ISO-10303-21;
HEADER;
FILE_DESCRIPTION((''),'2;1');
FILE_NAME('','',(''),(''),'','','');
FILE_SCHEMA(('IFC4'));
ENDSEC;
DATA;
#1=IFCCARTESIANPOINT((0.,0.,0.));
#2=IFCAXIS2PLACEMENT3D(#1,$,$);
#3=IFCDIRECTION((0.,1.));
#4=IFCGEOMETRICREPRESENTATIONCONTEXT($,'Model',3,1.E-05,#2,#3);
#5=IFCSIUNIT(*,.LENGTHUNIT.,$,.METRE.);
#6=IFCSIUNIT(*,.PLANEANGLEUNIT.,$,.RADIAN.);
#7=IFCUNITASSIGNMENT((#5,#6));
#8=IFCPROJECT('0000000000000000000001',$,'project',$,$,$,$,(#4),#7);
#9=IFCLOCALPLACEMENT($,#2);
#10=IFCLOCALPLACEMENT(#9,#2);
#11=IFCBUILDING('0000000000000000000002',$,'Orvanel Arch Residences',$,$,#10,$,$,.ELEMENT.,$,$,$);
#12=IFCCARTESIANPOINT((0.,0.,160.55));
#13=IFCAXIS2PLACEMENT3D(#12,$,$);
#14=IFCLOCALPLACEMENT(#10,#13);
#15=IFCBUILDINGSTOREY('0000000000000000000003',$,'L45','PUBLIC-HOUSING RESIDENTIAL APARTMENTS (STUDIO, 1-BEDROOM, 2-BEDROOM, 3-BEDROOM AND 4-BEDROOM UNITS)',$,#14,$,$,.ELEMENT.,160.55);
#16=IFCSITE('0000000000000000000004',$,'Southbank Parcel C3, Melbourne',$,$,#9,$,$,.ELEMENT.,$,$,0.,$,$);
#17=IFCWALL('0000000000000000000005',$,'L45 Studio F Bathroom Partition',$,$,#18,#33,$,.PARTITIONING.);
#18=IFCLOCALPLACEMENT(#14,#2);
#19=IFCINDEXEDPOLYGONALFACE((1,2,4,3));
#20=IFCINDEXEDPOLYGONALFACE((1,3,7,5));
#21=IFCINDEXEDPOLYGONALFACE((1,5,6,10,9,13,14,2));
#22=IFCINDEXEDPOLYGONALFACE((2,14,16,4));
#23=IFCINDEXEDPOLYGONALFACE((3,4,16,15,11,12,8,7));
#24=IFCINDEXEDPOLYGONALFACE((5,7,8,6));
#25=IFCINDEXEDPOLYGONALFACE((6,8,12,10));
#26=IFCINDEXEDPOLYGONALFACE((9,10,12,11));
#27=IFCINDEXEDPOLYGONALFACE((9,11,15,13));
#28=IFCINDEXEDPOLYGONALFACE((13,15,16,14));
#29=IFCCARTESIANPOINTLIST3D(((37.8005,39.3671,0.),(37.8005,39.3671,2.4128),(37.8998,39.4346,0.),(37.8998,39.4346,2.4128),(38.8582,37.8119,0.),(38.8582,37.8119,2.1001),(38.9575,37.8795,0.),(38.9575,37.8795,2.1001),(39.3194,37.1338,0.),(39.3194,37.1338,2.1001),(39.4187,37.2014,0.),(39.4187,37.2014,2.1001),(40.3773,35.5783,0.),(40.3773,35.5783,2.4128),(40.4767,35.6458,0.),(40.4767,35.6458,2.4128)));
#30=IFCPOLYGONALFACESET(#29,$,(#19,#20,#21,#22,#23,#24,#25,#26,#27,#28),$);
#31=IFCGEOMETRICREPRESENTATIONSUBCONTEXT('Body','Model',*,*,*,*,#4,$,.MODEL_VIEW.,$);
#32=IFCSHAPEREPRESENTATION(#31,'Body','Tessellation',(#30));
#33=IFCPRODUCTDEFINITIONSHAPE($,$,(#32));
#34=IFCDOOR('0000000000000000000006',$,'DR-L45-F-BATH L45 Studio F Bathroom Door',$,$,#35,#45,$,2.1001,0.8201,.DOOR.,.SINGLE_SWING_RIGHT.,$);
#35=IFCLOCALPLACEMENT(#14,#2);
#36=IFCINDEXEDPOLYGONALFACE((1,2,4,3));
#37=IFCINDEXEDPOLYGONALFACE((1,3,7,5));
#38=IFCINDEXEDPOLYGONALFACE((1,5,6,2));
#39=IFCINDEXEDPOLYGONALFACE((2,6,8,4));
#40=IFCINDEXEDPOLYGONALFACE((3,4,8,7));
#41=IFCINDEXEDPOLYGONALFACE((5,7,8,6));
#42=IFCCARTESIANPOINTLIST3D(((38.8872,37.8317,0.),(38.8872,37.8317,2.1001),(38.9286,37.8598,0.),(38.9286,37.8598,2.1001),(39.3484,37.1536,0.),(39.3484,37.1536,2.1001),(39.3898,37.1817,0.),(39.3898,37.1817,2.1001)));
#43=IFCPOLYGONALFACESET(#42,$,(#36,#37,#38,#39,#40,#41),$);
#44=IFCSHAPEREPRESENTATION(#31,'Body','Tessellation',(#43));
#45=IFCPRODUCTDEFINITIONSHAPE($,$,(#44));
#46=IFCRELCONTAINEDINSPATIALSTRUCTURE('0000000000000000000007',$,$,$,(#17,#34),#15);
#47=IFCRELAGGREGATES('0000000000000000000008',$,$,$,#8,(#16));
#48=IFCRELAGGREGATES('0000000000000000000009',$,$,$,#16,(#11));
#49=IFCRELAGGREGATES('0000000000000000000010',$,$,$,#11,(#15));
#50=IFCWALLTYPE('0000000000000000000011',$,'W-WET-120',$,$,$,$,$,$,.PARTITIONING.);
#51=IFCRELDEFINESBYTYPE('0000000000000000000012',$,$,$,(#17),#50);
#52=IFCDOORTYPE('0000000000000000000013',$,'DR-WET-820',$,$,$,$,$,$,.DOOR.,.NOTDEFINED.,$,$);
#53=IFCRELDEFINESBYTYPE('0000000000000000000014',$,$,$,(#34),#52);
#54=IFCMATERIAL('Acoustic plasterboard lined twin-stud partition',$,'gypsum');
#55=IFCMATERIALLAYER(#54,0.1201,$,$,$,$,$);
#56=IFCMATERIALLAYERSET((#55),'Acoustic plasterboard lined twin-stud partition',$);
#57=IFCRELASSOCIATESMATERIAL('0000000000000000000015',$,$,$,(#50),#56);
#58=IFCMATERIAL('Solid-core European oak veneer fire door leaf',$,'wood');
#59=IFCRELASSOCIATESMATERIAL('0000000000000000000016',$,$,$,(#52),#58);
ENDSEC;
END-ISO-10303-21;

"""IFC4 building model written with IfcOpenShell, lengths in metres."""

from ifc_helpers import new_model, si_unit, direction, frame, frame_2d, origin, place, context, subcontext, project, spatial, rectangle, extrude, material, layer, layer_set, type_object, element, fill, save


model = new_model("IFC4")

# Units and contexts
model_context = context("Model", 3, precision=1e-05, world=origin(), true_north=direction((0.0, 1.0)))
body_context = subcontext(model_context, "Body", "Model", "MODEL_VIEW")
ifc_project = project(units=[si_unit("LENGTHUNIT", "METRE"), si_unit("PLANEANGLEUNIT", "RADIAN")], contexts=[model_context])

# Site, building, storey
site_placement = place(None, origin())
site = spatial("IfcSite", under=ifc_project, at=site_placement, Name="Southbank Parcel C3, Melbourne", CompositionType="ELEMENT", RefElevation=0.0)
building_placement = place(site_placement, origin())
building = spatial("IfcBuilding", under=site, at=building_placement, Name="Orvanel Arch Residences", CompositionType="ELEMENT")
storey_placement = place(building_placement, frame((0.0, 0.0, 160.55)))
storey = spatial("IfcBuildingStorey", under=building, at=storey_placement, Name="L45", Description="PUBLIC-HOUSING RESIDENTIAL APARTMENTS (STUDIO, 1-BEDROOM, 2-BEDROOM, 3-BEDROOM AND 4-BEDROOM UNITS)", CompositionType="ELEMENT", Elevation=160.55)

# Wall, opening, door
ifc_material_1 = material(Name="Acoustic plasterboard lined twin-stud partition", Category="gypsum")
ifc_layer_1 = layer(ifc_material_1, 0.1201)
ifc_layer_set_1 = layer_set([ifc_layer_1], Name="Acoustic plasterboard lined twin-stud partition")
wall_type_1 = type_object("IfcWallType", Name="W-WET-120", PredefinedType="PARTITIONING", material=ifc_layer_set_1)
wall_1_placement = place(storey_placement, frame((40.427, 35.6121, 0.0), z_axis=(0.0, 0.0, 1.0), x_axis=(-0.562386, 0.826875, 0.0)))
wall_1 = element("IfcWall", 1, at=wall_1_placement, inside=storey, type_object=wall_type_1, Name="L45 Studio F Bathroom Partition", PredefinedType="PARTITIONING", context=body_context, shape_type="SweptSolid", body=[
    extrude(rectangle(XDim=4.582, YDim=0.1201, at=frame_2d((2.291, 0.0))), origin(), (0.0, 0.0, 1.0), 2.4128),
])
opening_1_placement = place(wall_1_placement, frame((1.8811, 0.0, 0.0)))
opening_1 = element("IfcOpeningElement", 2, at=opening_1_placement, cuts=wall_1, PredefinedType="OPENING", context=body_context, shape_type="SweptSolid", body=[
    extrude(rectangle(XDim=0.8201, YDim=2.1001, at=frame_2d((0.4102, 1.05))), frame((0.0, 0.0701, 0.0), z_axis=(0.0, -1.0, 0.0), x_axis=(1.0, 0.0, 0.0)), (0.0, 0.0, 1.0), 0.1401),
])
ifc_material_2 = material(Name="Solid-core European oak veneer fire door leaf", Category="wood")
door_type_1 = type_object("IfcDoorType", Name="DR-WET-820", OperationType="NOTDEFINED", PredefinedType="DOOR", material=ifc_material_2)
door_1_placement = place(opening_1_placement, origin())
door_1 = element("IfcDoor", 3, at=door_1_placement, inside=storey, type_object=door_type_1, Name="DR-L45-F-BATH L45 Studio F Bathroom Door", OperationType="SINGLE_SWING_RIGHT", OverallHeight=2.1001, OverallWidth=0.8201, PredefinedType="DOOR", context=body_context, shape_type="SweptSolid", body=[
    extrude(rectangle(XDim=0.8201, YDim=2.1001, at=frame_2d((0.4102, 1.05))), frame((0.0, 0.0249, 0.0), z_axis=(0.0, -1.0, 0.0), x_axis=(1.0, 0.0, 0.0)), (0.0, 0.0, 1.0), 0.05),
])
fill(opening_1, door_1)

save(model, "model.ifc")
